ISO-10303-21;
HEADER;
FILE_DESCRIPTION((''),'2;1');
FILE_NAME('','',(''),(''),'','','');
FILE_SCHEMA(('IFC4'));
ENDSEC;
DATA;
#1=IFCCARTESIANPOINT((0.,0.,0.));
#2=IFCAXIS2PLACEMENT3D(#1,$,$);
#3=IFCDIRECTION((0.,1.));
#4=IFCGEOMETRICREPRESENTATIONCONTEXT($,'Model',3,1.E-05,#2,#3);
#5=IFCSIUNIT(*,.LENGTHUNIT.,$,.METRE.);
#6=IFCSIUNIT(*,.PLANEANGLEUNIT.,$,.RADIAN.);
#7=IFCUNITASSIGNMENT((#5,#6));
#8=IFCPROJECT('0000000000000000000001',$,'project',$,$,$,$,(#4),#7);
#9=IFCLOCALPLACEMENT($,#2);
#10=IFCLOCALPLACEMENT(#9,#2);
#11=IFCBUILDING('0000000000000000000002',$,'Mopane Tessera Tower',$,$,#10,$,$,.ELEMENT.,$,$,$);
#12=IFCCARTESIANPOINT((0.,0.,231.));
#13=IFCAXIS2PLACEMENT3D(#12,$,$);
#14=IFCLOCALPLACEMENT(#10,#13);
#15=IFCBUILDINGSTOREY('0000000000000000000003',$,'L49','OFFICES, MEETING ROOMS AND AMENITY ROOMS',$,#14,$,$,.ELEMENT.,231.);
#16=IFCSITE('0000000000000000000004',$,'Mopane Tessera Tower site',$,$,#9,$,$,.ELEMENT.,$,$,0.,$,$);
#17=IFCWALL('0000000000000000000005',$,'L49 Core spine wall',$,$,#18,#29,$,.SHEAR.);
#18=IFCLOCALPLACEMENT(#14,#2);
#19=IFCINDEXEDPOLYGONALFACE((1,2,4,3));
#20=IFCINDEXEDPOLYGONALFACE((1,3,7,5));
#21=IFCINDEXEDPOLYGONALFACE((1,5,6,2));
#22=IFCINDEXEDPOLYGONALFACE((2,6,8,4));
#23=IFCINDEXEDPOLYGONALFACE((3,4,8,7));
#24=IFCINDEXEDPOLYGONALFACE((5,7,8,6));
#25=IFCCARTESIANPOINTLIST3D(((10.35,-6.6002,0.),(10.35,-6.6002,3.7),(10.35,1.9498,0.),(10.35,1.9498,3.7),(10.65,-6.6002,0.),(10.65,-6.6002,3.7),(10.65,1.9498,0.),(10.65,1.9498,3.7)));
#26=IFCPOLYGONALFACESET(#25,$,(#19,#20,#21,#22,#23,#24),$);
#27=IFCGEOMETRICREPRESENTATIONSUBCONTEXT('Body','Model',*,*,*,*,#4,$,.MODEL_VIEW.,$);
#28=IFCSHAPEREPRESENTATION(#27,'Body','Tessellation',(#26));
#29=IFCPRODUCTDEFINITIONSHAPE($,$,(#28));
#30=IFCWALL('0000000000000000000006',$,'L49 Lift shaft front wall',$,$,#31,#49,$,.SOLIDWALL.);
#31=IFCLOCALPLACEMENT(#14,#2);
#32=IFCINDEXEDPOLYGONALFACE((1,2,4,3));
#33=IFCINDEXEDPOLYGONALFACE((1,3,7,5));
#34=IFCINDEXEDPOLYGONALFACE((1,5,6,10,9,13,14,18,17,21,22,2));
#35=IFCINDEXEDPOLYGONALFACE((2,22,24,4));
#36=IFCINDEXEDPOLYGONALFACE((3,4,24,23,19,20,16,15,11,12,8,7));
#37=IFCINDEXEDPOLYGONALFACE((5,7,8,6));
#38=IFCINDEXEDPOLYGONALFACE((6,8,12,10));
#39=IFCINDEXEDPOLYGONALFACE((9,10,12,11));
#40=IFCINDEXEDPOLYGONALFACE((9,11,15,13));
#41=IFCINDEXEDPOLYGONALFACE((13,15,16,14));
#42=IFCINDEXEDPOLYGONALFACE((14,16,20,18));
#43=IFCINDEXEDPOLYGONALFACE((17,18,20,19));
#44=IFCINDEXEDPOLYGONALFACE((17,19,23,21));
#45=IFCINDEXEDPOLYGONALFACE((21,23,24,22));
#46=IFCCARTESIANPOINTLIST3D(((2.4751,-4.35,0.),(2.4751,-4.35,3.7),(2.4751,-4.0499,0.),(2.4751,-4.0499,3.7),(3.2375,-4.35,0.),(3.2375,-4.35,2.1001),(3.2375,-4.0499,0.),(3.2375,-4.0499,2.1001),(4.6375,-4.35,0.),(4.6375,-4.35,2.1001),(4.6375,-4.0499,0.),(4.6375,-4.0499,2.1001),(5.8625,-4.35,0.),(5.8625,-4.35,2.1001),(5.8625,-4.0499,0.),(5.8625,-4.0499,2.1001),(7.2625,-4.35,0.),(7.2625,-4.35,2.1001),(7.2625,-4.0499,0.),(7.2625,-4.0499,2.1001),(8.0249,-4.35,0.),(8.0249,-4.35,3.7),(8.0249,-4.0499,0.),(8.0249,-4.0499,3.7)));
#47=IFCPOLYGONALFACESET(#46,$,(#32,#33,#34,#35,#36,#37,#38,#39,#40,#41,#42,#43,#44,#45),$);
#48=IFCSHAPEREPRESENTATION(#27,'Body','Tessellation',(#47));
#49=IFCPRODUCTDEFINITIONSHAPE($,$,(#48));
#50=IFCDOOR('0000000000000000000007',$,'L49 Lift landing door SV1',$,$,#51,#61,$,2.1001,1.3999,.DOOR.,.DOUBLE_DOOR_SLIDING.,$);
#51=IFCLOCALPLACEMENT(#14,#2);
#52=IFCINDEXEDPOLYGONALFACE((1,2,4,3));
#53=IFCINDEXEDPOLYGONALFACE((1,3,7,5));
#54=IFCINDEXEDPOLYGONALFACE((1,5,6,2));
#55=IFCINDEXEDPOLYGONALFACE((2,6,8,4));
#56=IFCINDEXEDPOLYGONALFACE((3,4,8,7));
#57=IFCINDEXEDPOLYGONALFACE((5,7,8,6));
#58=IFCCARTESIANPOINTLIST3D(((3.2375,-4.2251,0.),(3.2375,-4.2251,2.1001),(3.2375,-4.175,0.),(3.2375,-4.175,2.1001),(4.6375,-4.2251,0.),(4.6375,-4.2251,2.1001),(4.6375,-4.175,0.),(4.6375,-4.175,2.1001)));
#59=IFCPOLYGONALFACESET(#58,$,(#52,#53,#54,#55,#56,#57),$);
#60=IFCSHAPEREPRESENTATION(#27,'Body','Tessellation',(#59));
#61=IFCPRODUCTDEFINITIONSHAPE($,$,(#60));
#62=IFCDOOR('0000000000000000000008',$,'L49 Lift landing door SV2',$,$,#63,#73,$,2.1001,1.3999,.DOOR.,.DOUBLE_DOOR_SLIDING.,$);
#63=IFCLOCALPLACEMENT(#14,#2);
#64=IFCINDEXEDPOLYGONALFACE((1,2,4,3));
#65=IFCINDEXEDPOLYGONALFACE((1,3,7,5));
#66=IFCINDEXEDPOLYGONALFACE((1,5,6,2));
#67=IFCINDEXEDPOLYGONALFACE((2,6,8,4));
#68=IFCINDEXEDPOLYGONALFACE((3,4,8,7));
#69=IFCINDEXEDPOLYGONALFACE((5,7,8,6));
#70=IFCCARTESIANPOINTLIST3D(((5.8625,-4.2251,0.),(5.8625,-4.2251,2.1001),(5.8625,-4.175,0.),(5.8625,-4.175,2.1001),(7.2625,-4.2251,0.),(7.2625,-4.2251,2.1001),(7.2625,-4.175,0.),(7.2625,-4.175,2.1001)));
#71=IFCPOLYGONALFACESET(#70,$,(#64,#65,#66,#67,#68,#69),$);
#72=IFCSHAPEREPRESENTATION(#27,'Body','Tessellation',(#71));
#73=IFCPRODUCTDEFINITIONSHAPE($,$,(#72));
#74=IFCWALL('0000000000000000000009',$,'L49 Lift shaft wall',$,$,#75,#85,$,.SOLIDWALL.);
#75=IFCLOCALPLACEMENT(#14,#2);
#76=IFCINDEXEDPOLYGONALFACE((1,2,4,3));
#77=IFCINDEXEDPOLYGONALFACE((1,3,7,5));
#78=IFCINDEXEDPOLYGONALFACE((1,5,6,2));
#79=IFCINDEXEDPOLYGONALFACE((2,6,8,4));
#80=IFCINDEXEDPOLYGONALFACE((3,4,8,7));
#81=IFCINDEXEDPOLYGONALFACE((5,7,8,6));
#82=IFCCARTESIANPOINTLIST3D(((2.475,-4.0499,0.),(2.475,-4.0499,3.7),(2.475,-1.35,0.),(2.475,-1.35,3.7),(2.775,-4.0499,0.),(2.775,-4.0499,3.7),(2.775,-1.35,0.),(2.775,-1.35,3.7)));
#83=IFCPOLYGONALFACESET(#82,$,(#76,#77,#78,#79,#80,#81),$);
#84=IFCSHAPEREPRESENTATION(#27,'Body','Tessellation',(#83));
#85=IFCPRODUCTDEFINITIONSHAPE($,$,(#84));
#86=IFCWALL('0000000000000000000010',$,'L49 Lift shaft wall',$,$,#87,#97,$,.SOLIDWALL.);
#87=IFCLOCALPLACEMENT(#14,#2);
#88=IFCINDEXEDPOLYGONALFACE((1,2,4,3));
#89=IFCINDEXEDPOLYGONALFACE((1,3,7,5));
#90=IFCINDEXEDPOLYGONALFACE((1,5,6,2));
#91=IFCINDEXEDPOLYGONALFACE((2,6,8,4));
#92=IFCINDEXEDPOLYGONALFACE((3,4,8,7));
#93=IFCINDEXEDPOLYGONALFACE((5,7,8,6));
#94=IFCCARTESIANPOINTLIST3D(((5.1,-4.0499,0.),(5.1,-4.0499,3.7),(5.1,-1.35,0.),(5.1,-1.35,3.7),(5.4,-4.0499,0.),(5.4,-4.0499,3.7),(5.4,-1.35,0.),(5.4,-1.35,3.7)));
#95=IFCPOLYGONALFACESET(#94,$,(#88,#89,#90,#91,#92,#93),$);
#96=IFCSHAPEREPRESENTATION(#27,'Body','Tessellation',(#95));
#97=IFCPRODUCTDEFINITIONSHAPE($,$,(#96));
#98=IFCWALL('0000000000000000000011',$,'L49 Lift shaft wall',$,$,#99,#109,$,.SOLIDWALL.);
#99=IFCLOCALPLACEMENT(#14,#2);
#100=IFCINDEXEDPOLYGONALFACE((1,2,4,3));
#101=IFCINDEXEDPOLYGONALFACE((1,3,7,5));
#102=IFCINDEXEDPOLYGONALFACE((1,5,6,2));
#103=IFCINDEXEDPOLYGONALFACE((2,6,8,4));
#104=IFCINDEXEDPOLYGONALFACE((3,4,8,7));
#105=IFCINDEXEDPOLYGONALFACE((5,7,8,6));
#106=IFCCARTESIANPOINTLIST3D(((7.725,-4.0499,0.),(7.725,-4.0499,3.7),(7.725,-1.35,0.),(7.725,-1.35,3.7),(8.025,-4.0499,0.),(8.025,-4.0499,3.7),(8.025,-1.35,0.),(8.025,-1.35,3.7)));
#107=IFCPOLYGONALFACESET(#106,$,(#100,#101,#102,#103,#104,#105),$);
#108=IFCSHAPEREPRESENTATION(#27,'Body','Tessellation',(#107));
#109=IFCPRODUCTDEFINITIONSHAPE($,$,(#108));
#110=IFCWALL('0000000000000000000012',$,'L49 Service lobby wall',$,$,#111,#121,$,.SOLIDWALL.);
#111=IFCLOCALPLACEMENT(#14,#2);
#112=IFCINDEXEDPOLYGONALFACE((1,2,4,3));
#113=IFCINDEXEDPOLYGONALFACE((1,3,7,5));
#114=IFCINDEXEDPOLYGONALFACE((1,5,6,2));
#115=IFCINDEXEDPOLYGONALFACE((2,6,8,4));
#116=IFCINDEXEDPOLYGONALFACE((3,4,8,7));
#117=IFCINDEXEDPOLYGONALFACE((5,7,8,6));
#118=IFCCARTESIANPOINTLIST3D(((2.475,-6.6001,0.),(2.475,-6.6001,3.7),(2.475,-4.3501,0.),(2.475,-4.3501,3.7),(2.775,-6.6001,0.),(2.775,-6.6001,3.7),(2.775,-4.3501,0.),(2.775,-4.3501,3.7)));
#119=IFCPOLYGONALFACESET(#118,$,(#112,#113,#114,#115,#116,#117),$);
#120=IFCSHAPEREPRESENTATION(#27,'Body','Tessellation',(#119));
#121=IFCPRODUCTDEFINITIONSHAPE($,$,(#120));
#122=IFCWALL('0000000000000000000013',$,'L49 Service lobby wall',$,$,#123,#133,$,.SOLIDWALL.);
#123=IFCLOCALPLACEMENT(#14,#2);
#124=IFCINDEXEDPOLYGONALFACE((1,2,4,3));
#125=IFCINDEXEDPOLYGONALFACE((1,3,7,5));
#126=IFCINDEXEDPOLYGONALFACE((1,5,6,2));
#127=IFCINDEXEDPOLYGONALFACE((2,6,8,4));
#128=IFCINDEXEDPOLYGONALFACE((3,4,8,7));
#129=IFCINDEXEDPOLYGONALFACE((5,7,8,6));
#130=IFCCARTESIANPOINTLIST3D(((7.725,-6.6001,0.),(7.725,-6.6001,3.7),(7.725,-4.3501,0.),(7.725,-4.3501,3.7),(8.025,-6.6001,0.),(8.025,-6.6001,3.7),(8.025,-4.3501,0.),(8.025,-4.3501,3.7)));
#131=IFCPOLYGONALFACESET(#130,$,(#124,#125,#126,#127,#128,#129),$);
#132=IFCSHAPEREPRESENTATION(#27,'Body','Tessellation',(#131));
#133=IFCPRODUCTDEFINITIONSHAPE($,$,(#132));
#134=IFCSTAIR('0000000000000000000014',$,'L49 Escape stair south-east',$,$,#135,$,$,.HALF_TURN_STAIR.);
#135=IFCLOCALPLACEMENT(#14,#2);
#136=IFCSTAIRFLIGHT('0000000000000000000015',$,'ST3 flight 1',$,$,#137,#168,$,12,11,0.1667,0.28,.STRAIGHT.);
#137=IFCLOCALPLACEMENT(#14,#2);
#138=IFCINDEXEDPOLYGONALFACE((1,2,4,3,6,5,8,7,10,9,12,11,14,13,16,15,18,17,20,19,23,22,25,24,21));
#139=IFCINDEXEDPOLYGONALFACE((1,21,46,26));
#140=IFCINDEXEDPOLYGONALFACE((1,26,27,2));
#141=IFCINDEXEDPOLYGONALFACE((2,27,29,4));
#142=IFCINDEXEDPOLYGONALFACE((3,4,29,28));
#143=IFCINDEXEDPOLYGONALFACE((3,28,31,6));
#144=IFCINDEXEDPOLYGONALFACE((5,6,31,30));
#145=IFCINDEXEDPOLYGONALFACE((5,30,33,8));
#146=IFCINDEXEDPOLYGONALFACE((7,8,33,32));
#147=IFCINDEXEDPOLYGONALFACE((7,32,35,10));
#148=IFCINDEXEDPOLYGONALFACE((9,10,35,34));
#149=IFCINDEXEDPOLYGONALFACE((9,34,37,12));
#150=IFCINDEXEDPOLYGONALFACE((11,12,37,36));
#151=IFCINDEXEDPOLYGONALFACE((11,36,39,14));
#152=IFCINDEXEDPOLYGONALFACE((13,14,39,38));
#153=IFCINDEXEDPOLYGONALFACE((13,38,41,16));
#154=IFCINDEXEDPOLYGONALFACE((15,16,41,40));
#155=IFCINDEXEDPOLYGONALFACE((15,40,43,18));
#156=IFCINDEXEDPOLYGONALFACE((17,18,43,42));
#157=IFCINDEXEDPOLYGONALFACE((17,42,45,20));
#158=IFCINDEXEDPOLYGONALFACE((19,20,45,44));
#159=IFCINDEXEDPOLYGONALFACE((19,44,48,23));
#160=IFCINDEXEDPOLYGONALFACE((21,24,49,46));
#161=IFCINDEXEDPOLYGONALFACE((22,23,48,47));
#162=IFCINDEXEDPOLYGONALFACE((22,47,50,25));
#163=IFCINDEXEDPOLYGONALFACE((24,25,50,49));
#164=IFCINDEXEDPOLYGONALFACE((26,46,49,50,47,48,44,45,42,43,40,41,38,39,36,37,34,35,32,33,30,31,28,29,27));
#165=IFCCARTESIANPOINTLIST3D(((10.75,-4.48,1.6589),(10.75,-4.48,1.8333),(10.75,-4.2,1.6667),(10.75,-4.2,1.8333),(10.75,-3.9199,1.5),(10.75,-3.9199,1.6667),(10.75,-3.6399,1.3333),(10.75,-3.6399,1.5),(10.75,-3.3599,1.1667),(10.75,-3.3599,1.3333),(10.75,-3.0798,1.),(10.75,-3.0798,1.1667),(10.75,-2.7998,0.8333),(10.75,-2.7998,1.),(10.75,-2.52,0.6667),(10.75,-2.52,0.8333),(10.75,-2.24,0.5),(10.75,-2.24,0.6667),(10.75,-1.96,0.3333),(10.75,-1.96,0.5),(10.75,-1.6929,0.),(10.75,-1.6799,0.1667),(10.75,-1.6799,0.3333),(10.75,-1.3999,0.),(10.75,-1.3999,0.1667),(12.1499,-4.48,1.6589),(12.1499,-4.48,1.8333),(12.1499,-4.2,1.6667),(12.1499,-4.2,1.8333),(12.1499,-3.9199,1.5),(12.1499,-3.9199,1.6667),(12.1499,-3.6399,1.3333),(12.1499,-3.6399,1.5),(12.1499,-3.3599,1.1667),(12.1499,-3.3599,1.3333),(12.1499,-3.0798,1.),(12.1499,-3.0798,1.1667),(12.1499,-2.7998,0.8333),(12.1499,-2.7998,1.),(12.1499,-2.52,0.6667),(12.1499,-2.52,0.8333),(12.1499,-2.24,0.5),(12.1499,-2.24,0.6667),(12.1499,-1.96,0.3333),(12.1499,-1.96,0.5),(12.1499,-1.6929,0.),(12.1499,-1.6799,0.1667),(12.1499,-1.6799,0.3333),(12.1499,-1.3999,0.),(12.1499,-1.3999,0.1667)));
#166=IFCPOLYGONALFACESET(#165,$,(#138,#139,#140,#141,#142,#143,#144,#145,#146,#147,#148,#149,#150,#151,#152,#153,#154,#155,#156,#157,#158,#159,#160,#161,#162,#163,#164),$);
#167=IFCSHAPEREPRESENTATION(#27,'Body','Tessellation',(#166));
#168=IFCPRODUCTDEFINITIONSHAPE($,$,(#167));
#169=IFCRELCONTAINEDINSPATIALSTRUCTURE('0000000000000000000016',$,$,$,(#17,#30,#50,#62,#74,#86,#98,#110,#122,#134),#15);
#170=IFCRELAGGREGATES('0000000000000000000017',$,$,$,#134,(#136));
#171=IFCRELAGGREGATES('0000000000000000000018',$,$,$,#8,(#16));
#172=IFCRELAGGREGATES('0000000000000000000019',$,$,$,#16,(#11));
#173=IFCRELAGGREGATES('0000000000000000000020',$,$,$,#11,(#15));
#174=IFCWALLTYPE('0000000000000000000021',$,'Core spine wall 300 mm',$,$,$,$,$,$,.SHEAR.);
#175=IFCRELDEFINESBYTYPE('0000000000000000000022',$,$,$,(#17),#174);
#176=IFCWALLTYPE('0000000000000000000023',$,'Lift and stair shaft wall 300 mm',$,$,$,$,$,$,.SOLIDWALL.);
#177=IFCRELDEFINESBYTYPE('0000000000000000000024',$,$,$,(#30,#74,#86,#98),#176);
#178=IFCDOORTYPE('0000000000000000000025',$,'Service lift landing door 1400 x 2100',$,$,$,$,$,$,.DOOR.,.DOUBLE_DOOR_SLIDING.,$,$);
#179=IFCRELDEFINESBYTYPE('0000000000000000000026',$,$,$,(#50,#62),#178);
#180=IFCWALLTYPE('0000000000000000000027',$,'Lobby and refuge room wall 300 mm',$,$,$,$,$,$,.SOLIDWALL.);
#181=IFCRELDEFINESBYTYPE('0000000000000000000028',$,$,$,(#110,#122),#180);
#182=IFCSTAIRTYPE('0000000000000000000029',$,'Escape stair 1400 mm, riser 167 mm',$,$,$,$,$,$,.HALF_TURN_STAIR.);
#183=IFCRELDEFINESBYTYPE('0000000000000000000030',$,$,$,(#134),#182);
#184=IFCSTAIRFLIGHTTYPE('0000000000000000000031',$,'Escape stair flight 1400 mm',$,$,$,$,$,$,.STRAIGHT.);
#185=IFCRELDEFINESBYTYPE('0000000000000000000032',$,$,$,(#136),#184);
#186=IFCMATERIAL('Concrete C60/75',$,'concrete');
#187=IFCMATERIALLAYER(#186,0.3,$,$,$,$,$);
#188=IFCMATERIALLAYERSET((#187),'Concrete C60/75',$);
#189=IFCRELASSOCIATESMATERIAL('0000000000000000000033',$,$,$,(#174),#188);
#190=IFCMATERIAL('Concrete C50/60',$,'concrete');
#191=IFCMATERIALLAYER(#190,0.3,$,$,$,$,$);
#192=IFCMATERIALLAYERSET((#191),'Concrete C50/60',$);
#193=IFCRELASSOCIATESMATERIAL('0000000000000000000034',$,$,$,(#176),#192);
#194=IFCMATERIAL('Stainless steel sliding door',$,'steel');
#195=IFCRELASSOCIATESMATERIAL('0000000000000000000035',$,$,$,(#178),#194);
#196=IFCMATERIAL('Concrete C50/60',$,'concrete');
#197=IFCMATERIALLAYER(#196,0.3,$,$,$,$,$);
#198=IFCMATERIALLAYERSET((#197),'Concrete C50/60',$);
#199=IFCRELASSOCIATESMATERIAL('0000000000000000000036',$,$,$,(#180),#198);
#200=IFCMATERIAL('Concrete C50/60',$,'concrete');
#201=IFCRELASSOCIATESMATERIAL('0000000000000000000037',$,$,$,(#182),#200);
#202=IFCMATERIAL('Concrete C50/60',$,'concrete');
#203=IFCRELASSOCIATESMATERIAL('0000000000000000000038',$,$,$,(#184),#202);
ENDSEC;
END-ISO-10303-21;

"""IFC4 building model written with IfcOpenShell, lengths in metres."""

from ifc_helpers import new_model, si_unit, direction, frame, frame_2d, origin, place, context, subcontext, project, spatial, polyline, rectangle, outline, extrude, material, layer, layer_set, type_object, element, fill, aggregate, save


model = new_model("IFC4")

# Units and contexts
model_context = context("Model", 3, precision=1e-05, world=origin(), true_north=direction((0.0, 1.0)))
body_context = subcontext(model_context, "Body", "Model", "MODEL_VIEW")
ifc_project = project(units=[si_unit("LENGTHUNIT", "METRE"), si_unit("PLANEANGLEUNIT", "RADIAN")], contexts=[model_context])

# Site, building, storey
site_placement = place(None, origin())
site = spatial("IfcSite", under=ifc_project, at=site_placement, Name="Mopane Tessera Tower site", CompositionType="ELEMENT", RefElevation=0.0)
building_placement = place(site_placement, origin())
building = spatial("IfcBuilding", under=site, at=building_placement, Name="Mopane Tessera Tower", CompositionType="ELEMENT")
storey_placement = place(building_placement, frame((0.0, 0.0, 231.0)))
storey = spatial("IfcBuildingStorey", under=building, at=storey_placement, Name="L49", Description="OFFICES, MEETING ROOMS AND AMENITY ROOMS", CompositionType="ELEMENT", Elevation=231.0)

# Wall
ifc_material_1 = material(Name="Concrete C60/75", Category="concrete")
ifc_layer_1 = layer(ifc_material_1, 0.3)
ifc_layer_set_1 = layer_set([ifc_layer_1], Name="Concrete C60/75")
wall_type_1 = type_object("IfcWallType", Name="Core spine wall 300 mm", PredefinedType="SHEAR", material=ifc_layer_set_1)
wall_1_placement = place(storey_placement, frame((10.5, -6.6001, 0.0), z_axis=(0.0, 0.0, 1.0), x_axis=(0.0, 1.0, 0.0)))
element("IfcWall", 1, at=wall_1_placement, inside=storey, type_object=wall_type_1, Name="L49 Core spine wall", PredefinedType="SHEAR", context=body_context, shape_type="SweptSolid", body=[
    extrude(rectangle(XDim=8.55, YDim=0.3, at=frame_2d((4.2749, 0.0))), origin(), (0.0, 0.0, 1.0), 3.7),
])

# Wall, openings, doors
ifc_material_2 = material(Name="Concrete C50/60", Category="concrete")
ifc_layer_2 = layer(ifc_material_2, 0.3)
ifc_layer_set_2 = layer_set([ifc_layer_2], Name="Concrete C50/60")
wall_type_2 = type_object("IfcWallType", Name="Lift and stair shaft wall 300 mm", PredefinedType="SOLIDWALL", material=ifc_layer_set_2)
wall_2_placement = place(storey_placement, frame((2.4751, -4.2, 0.0), z_axis=(0.0, 0.0, 1.0), x_axis=(1.0, 0.0, 0.0)))
wall_2 = element("IfcWall", 2, at=wall_2_placement, inside=storey, type_object=wall_type_2, Name="L49 Lift shaft front wall", PredefinedType="SOLIDWALL", context=body_context, shape_type="SweptSolid", body=[
    extrude(rectangle(XDim=5.5498, YDim=0.3, at=frame_2d((2.7749, 0.0))), origin(), (0.0, 0.0, 1.0), 3.7),
])
opening_1_placement = place(wall_2_placement, frame((0.7625, 0.0, 0.0)))
opening_1 = element("IfcOpeningElement", 3, at=opening_1_placement, cuts=wall_2, PredefinedType="OPENING", context=body_context, shape_type="SweptSolid", body=[
    extrude(rectangle(XDim=1.3999, YDim=2.1001, at=frame_2d((0.7, 1.05))), frame((0.0, 0.1621, 0.0), z_axis=(0.0, -1.0, 0.0), x_axis=(1.0, 0.0, 0.0)), (0.0, 0.0, 1.0), 0.324),
])
opening_2_placement = place(wall_2_placement, frame((3.3875, 0.0, 0.0)))
opening_2 = element("IfcOpeningElement", 4, at=opening_2_placement, cuts=wall_2, PredefinedType="OPENING", context=body_context, shape_type="SweptSolid", body=[
    extrude(rectangle(XDim=1.3999, YDim=2.1001, at=frame_2d((0.7, 1.05))), frame((0.0, 0.1621, 0.0), z_axis=(0.0, -1.0, 0.0), x_axis=(1.0, 0.0, 0.0)), (0.0, 0.0, 1.0), 0.324),
])
ifc_material_3 = material(Name="Stainless steel sliding door", Category="steel")
door_type = type_object("IfcDoorType", Name="Service lift landing door 1400 x 2100", OperationType="DOUBLE_DOOR_SLIDING", PredefinedType="DOOR", material=ifc_material_3)
door_1_placement = place(opening_1_placement, origin())
door_1 = element("IfcDoor", 5, at=door_1_placement, inside=storey, type_object=door_type, Name="L49 Lift landing door SV1", OperationType="DOUBLE_DOOR_SLIDING", OverallHeight=2.1001, OverallWidth=1.3999, PredefinedType="DOOR", context=body_context, shape_type="SweptSolid", body=[
    extrude(rectangle(XDim=1.3999, YDim=2.1001, at=frame_2d((0.7, 1.05))), frame((0.0, 0.0249, 0.0), z_axis=(0.0, -1.0, 0.0), x_axis=(1.0, 0.0, 0.0)), (0.0, 0.0, 1.0), 0.05),
])
fill(opening_1, door_1)
door_2_placement = place(opening_2_placement, origin())
door_2 = element("IfcDoor", 6, at=door_2_placement, inside=storey, type_object=door_type, Name="L49 Lift landing door SV2", OperationType="DOUBLE_DOOR_SLIDING", OverallHeight=2.1001, OverallWidth=1.3999, PredefinedType="DOOR", context=body_context, shape_type="SweptSolid", body=[
    extrude(rectangle(XDim=1.3999, YDim=2.1001, at=frame_2d((0.7, 1.05))), frame((0.0, 0.0249, 0.0), z_axis=(0.0, -1.0, 0.0), x_axis=(1.0, 0.0, 0.0)), (0.0, 0.0, 1.0), 0.05),
])
fill(opening_2, door_2)

# Walls
for number, where, z_axis, x_axis, name in (
    (7, (2.625, -4.05, 0.0), (0.0, 0.0, 1.0), (0.0, 1.0, 0.0), "L49 Lift shaft wall"),
    (8, (5.25, -4.05, 0.0), (0.0, 0.0, 1.0), (0.0, 1.0, 0.0), "L49 Lift shaft wall"),
    (9, (7.875, -4.05, 0.0), (0.0, 0.0, 1.0), (0.0, 1.0, 0.0), "L49 Lift shaft wall"),
):
    element("IfcWall", number, at=place(storey_placement, frame(where, z_axis=z_axis, x_axis=x_axis)), inside=storey, type_object=wall_type_2, Name=name, PredefinedType="SOLIDWALL", context=body_context, shape_type="SweptSolid", body=[
        extrude(rectangle(XDim=2.7, YDim=0.3, at=frame_2d((1.3501, 0.0))), origin(), (0.0, 0.0, 1.0), 3.7),
    ])
ifc_material_4 = material(Name="Concrete C50/60", Category="concrete")
ifc_layer_3 = layer(ifc_material_4, 0.3)
ifc_layer_set_3 = layer_set([ifc_layer_3], Name="Concrete C50/60")
wall_type_3 = type_object("IfcWallType", Name="Lobby and refuge room wall 300 mm", PredefinedType="SOLIDWALL", material=ifc_layer_set_3)
for number, where, z_axis, x_axis, name in (
    (10, (2.625, -6.6001, 0.0), (0.0, 0.0, 1.0), (0.0, 1.0, 0.0), "L49 Service lobby wall"),
    (11, (7.875, -6.6001, 0.0), (0.0, 0.0, 1.0), (0.0, 1.0, 0.0), "L49 Service lobby wall"),
):
    element("IfcWall", number, at=place(storey_placement, frame(where, z_axis=z_axis, x_axis=x_axis)), inside=storey, type_object=wall_type_3, Name=name, PredefinedType="SOLIDWALL", context=body_context, shape_type="SweptSolid", body=[
        extrude(rectangle(XDim=2.25, YDim=0.3, at=frame_2d((1.125, 0.0))), origin(), (0.0, 0.0, 1.0), 3.7),
    ])

# Stair, stair flight
ifc_material_5 = material(Name="Concrete C50/60", Category="concrete")
stair_type = type_object("IfcStairType", Name="Escape stair 1400 mm, riser 167 mm", PredefinedType="HALF_TURN_STAIR", material=ifc_material_5)
stair_placement = place(storey_placement, origin())
stair = element("IfcStair", 12, at=stair_placement, inside=storey, type_object=stair_type, Name="L49 Escape stair south-east", PredefinedType="HALF_TURN_STAIR")
ifc_material_6 = material(Name="Concrete C50/60", Category="concrete")
stair_flight_type = type_object("IfcStairFlightType", Name="Escape stair flight 1400 mm", PredefinedType="STRAIGHT", material=ifc_material_6)
stair_flight_placement = place(storey_placement, frame((11.45, -1.3999, 0.0), z_axis=(0.0, 0.0, 1.0), x_axis=(0.0, -1.0, 0.0)))
stair_flight = element("IfcStairFlight", 13, at=stair_flight_placement, type_object=stair_flight_type, Name="ST3 flight 1", NumberOfRisers=12, NumberOfTreads=11, PredefinedType="STRAIGHT", RiserHeight=0.1667, TreadLength=0.28, context=body_context, shape_type="SweptSolid", body=[
    extrude(outline(polyline([(0.0, 0.0), (0.0, 0.1667), (0.28, 0.1667), (0.28, 0.3333), (0.5601, 0.3333), (0.5601, 0.5), (0.8401, 0.5), (0.8401, 0.6667), (1.1201, 0.6667), (1.1201, 0.8333), (1.3999, 0.8333), (1.3999, 1.0), (1.6799, 1.0), (1.6799, 1.1667), (1.96, 1.1667), (1.96, 1.3333), (2.24, 1.3333), (2.24, 1.5), (2.52, 1.5), (2.52, 1.6667), (2.8, 1.6667), (2.8, 1.8333), (3.0801, 1.8333), (3.0801, 2.0), (3.0801, 1.6589), (0.293, 0.0), (0.0, 0.0)])), frame((0.0, 0.7, 0.0), z_axis=(0.0, -1.0, 0.0), x_axis=(1.0, 0.0, 0.0)), (0.0, 0.0, 1.0), 1.3999),
])
aggregate(stair, [stair_flight])

save(model, "model.ifc")
